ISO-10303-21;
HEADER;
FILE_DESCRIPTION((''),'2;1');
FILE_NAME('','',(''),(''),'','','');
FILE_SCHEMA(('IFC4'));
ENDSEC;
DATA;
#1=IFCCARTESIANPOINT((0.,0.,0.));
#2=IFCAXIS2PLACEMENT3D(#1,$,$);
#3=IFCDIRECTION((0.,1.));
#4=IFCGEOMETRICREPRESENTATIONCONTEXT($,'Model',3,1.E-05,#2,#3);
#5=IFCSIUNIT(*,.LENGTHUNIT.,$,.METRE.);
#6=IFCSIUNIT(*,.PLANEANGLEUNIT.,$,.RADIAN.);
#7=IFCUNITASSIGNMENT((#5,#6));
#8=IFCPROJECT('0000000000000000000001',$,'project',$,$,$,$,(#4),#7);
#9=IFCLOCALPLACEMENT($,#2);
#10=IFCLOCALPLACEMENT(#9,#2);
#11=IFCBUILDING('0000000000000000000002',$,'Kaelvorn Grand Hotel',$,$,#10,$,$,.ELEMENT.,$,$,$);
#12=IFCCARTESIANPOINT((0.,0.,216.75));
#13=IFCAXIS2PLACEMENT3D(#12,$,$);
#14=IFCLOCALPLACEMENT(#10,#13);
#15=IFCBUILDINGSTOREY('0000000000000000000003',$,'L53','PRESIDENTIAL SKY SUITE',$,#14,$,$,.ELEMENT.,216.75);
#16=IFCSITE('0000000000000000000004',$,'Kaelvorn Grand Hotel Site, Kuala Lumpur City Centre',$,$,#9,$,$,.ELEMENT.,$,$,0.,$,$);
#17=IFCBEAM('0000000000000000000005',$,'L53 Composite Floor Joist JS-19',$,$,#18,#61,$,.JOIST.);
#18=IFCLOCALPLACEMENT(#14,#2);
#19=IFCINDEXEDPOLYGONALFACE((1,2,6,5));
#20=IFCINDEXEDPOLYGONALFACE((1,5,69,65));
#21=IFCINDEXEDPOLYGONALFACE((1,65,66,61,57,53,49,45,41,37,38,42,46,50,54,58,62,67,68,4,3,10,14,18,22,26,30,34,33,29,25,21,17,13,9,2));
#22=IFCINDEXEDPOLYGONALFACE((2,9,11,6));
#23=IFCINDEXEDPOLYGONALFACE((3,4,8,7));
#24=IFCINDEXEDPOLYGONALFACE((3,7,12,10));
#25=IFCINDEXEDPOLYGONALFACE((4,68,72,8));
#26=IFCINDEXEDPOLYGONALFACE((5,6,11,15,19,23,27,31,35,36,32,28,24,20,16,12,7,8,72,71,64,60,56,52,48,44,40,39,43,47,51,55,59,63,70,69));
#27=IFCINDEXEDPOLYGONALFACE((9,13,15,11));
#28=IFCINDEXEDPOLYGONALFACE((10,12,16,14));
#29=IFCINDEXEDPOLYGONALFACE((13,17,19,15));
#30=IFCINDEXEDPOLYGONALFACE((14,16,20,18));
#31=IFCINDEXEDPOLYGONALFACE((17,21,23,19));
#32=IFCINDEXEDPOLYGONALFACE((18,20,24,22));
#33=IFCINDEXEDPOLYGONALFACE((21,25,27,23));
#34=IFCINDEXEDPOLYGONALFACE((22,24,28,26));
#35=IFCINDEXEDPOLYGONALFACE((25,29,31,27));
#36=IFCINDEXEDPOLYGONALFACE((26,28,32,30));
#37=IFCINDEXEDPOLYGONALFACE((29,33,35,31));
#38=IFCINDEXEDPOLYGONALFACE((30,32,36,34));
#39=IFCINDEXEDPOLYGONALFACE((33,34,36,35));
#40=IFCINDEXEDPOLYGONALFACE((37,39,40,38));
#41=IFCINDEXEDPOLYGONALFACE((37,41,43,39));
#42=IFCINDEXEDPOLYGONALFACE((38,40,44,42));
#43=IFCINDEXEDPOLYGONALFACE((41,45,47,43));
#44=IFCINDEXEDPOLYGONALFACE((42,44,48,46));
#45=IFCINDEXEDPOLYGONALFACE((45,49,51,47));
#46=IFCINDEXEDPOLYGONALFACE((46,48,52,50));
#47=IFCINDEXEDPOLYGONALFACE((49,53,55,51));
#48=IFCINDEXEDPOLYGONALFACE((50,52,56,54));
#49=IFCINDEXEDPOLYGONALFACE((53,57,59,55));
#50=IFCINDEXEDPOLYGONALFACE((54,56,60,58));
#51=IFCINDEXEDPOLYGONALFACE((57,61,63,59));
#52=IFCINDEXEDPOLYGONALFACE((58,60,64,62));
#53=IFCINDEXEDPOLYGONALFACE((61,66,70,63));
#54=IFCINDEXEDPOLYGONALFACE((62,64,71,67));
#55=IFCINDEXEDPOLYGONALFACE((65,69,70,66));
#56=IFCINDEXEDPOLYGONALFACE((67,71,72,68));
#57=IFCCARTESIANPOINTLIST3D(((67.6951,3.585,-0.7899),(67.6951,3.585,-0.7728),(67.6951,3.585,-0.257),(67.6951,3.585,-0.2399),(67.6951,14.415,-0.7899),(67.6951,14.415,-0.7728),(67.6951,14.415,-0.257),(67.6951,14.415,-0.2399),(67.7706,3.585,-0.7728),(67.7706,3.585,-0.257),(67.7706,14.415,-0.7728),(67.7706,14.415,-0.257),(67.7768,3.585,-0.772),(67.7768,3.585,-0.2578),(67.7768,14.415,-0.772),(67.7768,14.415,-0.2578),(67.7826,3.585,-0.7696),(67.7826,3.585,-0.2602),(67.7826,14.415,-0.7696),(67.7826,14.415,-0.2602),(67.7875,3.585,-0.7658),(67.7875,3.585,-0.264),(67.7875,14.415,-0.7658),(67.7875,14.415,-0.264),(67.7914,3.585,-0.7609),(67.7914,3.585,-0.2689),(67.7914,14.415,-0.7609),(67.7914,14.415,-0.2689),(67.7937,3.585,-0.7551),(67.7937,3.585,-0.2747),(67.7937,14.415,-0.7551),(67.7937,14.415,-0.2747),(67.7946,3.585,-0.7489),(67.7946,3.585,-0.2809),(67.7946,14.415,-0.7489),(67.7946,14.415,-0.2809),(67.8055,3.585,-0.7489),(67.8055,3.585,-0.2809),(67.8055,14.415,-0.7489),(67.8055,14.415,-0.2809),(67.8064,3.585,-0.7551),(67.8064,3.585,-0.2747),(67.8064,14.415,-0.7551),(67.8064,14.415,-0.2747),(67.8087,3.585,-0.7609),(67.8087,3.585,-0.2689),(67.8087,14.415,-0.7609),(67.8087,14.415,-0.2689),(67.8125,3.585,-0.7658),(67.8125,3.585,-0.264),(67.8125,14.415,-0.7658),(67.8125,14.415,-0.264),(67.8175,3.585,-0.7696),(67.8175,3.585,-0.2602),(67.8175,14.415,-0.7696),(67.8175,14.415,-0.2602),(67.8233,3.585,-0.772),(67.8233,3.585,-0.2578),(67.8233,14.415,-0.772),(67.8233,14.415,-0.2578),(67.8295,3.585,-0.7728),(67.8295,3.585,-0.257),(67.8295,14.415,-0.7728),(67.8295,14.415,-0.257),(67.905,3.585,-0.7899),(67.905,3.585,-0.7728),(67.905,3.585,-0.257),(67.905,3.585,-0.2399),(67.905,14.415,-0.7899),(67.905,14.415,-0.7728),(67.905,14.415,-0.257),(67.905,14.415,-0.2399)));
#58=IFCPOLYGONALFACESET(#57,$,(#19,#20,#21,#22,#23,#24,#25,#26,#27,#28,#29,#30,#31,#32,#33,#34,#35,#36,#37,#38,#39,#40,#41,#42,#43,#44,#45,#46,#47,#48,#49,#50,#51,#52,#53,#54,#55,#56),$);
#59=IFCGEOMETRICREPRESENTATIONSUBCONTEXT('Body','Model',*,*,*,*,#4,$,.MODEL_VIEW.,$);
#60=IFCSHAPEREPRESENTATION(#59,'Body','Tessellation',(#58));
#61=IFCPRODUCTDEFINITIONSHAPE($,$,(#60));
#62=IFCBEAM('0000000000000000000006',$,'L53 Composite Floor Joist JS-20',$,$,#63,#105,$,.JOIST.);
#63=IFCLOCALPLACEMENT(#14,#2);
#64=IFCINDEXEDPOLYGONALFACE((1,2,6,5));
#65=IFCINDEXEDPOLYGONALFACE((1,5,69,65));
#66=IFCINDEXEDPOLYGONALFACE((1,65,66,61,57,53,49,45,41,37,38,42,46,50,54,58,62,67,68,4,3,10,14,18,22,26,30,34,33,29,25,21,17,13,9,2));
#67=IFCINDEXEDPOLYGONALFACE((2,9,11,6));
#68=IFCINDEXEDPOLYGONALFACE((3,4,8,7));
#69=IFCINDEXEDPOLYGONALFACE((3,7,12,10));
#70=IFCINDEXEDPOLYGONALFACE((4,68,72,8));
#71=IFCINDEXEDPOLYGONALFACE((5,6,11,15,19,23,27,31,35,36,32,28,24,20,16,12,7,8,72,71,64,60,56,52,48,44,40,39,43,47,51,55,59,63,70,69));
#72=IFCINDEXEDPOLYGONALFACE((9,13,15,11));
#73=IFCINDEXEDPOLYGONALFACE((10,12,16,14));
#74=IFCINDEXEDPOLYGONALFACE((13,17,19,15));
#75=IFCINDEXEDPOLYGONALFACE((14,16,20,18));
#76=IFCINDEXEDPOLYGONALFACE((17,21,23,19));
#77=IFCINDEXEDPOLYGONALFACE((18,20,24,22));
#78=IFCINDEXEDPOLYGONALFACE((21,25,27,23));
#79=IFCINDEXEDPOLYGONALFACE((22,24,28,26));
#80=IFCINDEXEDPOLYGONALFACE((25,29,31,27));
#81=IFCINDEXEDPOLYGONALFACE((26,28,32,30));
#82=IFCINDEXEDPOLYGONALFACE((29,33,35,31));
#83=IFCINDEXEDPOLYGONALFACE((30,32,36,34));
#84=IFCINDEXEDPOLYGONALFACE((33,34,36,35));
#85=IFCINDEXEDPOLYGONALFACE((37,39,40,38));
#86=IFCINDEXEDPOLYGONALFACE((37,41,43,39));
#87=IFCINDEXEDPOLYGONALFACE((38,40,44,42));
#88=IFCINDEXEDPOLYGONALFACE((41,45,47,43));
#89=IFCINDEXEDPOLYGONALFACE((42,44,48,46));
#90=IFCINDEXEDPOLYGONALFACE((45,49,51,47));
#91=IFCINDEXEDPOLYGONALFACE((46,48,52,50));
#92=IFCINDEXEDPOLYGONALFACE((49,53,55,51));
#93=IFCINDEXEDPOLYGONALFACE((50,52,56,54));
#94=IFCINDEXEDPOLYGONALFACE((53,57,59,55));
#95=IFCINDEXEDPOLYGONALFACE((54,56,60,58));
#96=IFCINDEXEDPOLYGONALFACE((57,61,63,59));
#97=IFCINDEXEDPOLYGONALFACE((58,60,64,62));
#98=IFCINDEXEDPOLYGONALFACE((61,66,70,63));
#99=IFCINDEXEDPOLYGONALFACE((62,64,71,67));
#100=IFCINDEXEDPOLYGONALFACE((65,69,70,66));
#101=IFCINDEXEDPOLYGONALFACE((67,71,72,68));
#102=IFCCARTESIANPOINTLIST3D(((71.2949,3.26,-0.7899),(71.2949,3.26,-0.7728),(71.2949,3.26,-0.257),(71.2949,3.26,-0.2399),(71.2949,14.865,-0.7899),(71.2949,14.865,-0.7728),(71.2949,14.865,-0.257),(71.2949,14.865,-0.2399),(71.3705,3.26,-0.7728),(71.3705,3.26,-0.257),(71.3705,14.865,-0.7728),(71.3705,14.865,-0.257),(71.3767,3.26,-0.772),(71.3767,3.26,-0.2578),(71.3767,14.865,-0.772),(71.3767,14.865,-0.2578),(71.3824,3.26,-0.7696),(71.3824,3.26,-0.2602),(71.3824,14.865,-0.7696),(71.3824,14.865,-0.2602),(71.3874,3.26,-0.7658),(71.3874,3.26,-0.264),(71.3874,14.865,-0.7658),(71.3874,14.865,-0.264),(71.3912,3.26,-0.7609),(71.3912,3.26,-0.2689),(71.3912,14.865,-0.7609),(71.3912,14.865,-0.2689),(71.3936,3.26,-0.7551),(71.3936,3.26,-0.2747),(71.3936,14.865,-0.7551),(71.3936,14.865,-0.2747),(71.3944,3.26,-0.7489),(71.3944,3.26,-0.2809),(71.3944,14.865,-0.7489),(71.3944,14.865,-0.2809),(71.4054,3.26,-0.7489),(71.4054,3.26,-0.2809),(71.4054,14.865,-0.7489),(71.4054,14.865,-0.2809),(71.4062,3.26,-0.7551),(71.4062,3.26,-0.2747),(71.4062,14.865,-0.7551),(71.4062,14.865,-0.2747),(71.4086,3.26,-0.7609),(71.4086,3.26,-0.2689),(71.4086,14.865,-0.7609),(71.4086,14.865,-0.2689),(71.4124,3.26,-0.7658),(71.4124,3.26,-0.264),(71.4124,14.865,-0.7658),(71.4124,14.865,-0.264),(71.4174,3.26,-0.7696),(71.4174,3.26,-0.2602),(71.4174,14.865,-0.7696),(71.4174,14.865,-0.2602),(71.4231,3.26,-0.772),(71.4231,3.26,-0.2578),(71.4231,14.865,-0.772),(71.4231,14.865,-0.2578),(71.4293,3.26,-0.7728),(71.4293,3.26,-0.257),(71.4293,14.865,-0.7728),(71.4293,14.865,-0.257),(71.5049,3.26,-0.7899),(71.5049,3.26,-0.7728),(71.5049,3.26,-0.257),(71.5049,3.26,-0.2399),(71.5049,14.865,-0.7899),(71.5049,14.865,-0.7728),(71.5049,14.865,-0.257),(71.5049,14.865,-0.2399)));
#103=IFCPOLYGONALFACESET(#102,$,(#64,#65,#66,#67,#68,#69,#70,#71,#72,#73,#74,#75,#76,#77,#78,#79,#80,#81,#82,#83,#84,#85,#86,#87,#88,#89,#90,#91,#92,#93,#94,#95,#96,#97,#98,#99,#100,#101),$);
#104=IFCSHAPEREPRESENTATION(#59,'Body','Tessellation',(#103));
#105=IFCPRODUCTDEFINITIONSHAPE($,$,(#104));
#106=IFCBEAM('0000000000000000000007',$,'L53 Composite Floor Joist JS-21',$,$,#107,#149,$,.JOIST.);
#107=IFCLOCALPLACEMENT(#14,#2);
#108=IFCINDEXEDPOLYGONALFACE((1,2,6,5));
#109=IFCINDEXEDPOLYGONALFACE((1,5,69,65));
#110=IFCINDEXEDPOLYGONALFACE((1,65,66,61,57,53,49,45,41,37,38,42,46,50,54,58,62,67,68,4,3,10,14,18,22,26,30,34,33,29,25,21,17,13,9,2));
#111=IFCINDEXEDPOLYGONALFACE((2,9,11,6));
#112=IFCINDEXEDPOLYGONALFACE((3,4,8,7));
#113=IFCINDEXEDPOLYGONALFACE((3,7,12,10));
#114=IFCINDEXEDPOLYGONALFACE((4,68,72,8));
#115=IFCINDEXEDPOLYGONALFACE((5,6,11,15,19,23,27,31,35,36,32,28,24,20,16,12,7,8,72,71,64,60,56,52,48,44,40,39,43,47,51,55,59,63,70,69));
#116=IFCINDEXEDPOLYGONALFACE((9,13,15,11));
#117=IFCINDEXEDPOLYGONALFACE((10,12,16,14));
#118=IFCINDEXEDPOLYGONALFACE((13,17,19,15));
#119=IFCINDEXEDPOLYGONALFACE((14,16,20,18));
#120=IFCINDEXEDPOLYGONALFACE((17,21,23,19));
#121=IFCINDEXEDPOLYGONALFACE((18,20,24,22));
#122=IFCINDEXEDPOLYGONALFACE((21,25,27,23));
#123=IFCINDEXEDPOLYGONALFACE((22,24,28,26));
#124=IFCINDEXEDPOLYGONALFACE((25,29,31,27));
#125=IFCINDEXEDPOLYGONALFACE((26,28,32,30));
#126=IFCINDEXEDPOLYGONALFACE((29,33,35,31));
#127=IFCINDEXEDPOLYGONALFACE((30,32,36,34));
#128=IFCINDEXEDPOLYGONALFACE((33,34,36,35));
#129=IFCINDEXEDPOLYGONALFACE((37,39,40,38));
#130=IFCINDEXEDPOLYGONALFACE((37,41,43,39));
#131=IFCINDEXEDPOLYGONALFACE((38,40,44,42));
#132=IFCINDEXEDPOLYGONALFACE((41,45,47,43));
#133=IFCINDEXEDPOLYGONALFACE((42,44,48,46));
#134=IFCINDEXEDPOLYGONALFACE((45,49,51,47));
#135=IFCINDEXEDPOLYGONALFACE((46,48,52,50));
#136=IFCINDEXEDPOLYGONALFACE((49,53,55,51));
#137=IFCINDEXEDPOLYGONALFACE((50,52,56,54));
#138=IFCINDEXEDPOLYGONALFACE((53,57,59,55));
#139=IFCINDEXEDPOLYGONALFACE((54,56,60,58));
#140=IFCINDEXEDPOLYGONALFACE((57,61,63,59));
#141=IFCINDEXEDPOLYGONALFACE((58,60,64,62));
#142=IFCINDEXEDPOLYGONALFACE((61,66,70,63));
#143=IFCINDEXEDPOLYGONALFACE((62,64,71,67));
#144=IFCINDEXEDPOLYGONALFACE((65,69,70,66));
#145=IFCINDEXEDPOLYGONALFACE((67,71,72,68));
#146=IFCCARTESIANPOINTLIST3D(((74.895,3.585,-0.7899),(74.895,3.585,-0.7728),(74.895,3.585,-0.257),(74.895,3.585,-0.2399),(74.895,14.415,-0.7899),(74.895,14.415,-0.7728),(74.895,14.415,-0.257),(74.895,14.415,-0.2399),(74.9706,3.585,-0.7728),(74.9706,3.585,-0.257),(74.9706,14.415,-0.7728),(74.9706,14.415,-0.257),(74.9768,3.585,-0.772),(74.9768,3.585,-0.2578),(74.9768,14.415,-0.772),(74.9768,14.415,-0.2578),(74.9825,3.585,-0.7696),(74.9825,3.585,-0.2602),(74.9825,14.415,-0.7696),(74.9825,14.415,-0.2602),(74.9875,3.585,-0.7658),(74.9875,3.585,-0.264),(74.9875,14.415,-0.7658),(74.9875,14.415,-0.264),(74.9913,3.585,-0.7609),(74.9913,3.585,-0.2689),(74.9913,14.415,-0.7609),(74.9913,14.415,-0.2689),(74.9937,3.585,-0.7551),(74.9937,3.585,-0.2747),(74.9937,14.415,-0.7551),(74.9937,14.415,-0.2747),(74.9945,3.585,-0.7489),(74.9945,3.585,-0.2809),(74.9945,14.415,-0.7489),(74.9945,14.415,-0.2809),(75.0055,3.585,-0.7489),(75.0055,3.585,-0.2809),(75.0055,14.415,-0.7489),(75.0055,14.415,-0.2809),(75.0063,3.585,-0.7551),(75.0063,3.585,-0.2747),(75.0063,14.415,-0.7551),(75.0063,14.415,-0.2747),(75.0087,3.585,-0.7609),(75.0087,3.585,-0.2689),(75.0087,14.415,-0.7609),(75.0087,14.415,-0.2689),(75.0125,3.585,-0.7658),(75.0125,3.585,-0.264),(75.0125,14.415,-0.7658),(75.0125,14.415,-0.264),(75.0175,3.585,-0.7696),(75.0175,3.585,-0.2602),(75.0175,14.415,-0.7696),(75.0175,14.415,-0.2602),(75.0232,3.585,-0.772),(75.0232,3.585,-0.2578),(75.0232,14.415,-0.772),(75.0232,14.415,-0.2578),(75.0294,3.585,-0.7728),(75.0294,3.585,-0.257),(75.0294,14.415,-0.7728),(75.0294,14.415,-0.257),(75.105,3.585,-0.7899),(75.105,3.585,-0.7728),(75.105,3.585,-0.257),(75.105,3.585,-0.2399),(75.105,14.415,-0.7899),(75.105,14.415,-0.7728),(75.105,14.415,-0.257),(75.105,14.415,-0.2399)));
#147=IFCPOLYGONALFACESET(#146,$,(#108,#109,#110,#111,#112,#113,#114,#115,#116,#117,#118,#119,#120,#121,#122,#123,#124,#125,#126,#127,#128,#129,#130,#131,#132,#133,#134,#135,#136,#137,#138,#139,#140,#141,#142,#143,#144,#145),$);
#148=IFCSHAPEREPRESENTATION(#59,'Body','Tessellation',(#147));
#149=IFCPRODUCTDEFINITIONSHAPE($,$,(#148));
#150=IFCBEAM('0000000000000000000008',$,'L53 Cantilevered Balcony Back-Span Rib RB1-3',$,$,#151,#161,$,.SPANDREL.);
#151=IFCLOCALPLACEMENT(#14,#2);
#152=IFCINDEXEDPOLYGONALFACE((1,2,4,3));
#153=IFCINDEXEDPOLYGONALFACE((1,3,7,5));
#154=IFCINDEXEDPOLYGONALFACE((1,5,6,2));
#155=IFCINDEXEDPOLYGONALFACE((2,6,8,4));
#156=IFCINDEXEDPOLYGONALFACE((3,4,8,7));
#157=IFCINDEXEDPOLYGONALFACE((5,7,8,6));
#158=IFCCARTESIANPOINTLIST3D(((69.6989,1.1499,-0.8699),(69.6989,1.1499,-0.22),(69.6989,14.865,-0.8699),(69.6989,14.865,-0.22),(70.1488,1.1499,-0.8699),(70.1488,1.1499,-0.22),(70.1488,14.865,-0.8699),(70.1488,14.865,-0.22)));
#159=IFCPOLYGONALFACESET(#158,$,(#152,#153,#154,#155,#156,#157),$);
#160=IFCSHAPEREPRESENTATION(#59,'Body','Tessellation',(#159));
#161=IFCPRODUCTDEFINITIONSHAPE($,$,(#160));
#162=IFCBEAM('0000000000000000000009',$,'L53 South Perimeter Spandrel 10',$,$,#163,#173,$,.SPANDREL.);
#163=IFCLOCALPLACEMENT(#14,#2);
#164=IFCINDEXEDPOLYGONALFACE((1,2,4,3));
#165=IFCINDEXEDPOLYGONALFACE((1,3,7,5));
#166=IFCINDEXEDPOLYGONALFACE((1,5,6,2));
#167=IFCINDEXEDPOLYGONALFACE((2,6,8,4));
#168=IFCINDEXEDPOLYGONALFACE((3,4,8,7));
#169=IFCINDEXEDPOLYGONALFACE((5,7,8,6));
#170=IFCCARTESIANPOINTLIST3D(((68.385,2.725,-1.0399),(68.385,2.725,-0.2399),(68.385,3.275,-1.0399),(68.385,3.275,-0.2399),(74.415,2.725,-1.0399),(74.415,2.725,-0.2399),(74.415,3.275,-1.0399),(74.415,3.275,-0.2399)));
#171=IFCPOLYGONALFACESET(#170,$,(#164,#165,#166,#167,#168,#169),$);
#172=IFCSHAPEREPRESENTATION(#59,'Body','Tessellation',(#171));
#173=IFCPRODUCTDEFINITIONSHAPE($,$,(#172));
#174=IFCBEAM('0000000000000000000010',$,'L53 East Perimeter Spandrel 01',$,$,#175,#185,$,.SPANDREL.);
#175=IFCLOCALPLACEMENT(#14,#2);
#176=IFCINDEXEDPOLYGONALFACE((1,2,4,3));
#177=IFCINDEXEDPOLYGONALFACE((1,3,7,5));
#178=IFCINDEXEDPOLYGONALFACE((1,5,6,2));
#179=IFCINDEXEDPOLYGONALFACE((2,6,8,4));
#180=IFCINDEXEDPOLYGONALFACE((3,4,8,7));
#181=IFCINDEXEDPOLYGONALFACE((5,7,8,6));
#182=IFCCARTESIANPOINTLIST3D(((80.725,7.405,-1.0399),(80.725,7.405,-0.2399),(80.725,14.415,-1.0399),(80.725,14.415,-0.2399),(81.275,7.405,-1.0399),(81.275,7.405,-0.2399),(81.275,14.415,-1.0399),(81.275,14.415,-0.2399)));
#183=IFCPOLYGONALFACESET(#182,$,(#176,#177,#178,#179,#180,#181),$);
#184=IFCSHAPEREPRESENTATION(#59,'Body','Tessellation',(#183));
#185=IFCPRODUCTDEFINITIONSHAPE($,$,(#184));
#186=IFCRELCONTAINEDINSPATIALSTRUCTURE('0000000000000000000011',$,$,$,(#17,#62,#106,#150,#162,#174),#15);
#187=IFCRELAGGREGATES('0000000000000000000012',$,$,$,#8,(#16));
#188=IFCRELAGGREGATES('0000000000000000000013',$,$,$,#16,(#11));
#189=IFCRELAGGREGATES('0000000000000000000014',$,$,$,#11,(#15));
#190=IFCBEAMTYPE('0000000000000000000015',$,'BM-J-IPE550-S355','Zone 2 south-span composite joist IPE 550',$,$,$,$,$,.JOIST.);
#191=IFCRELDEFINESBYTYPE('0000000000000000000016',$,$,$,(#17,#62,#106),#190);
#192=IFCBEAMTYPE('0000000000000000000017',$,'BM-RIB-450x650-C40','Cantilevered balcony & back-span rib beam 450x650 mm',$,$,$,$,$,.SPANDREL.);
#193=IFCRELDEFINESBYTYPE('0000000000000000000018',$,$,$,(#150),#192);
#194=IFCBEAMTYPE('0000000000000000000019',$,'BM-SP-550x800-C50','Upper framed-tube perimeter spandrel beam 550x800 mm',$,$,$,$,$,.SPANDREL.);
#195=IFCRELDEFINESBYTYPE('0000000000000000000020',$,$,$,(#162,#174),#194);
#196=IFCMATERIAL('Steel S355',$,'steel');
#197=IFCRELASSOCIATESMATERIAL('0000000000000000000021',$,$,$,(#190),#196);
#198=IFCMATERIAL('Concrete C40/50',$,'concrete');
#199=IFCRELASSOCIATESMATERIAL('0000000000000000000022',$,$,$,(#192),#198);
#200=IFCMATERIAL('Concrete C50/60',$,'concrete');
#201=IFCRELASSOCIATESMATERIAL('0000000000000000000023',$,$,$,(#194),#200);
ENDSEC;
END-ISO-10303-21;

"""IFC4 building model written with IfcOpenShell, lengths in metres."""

from ifc_helpers import new_model, si_unit, direction, frame, origin, origin_2d, place, context, subcontext, project, spatial, rectangle, i_section, extrude, material, material_profile, profile_set, type_object, element, save


model = new_model("IFC4")

# Units and contexts
model_context = context("Model", 3, precision=1e-05, world=origin(), true_north=direction((0.0, 1.0)))
body_context = subcontext(model_context, "Body", "Model", "MODEL_VIEW")
ifc_project = project(units=[si_unit("LENGTHUNIT", "METRE"), si_unit("PLANEANGLEUNIT", "RADIAN")], contexts=[model_context])

# Site, building, storey
site_placement = place(None, origin())
site = spatial("IfcSite", under=ifc_project, at=site_placement, Name="Kaelvorn Grand Hotel Site, Kuala Lumpur City Centre", CompositionType="ELEMENT", RefElevation=0.0)
building_placement = place(site_placement, origin())
building = spatial("IfcBuilding", under=site, at=building_placement, Name="Kaelvorn Grand Hotel", CompositionType="ELEMENT")
storey_placement = place(building_placement, frame((0.0, 0.0, 216.75)))
storey = spatial("IfcBuildingStorey", under=building, at=storey_placement, Name="L53", Description="PRESIDENTIAL SKY SUITE", CompositionType="ELEMENT", Elevation=216.75)

# Beams
ifc_material_1 = material(Name="Steel S355", Category="steel")
ifc_material_profile_1 = material_profile(ifc_material_1, i_section(OverallWidth=0.21, OverallDepth=0.55, WebThickness=0.011, FlangeThickness=0.0171, FilletRadius=0.0239, at=origin_2d()), Name="IPE 550")
ifc_profile_set_1 = profile_set([ifc_material_profile_1], Name="Steel S355")
beam_type_1 = type_object("IfcBeamType", Name="BM-J-IPE550-S355", Description="Zone 2 south-span composite joist IPE 550", PredefinedType="JOIST", material=ifc_profile_set_1)
beam_1_placement = place(storey_placement, frame((67.8, 3.585, -0.5149), z_axis=(0.0, 1.0, 0.0), x_axis=(-1.0, 0.0, 0.0)))
element("IfcBeam", 1, at=beam_1_placement, inside=storey, type_object=beam_type_1, Name="L53 Composite Floor Joist JS-19", PredefinedType="JOIST", context=body_context, shape_type="SweptSolid", body=[
    extrude(i_section(OverallWidth=0.21, OverallDepth=0.55, WebThickness=0.011, FlangeThickness=0.0171, FilletRadius=0.0239, at=origin_2d()), origin(), (0.0, 0.0, 1.0), 10.8301),
])
beam_2_placement = place(storey_placement, frame((71.3999, 3.26, -0.5149), z_axis=(0.0, 1.0, 0.0), x_axis=(-1.0, 0.0, 0.0)))
element("IfcBeam", 2, at=beam_2_placement, inside=storey, type_object=beam_type_1, Name="L53 Composite Floor Joist JS-20", PredefinedType="JOIST", context=body_context, shape_type="SweptSolid", body=[
    extrude(i_section(OverallWidth=0.21, OverallDepth=0.55, WebThickness=0.011, FlangeThickness=0.0171, FilletRadius=0.0239, at=origin_2d()), origin(), (0.0, 0.0, 1.0), 11.605),
])
beam_3_placement = place(storey_placement, frame((75.0, 3.585, -0.5149), z_axis=(0.0, 1.0, 0.0), x_axis=(-1.0, 0.0, 0.0)))
element("IfcBeam", 3, at=beam_3_placement, inside=storey, type_object=beam_type_1, Name="L53 Composite Floor Joist JS-21", PredefinedType="JOIST", context=body_context, shape_type="SweptSolid", body=[
    extrude(i_section(OverallWidth=0.21, OverallDepth=0.55, WebThickness=0.011, FlangeThickness=0.0171, FilletRadius=0.0239, at=origin_2d()), origin(), (0.0, 0.0, 1.0), 10.8301),
])
ifc_material_2 = material(Name="Concrete C40/50", Category="concrete")
ifc_material_profile_2 = material_profile(ifc_material_2, rectangle(XDim=0.45, YDim=0.6499, at=origin_2d()), Name="RC RIB 450x650")
ifc_profile_set_2 = profile_set([ifc_material_profile_2], Name="Concrete C40/50")
beam_type_2 = type_object("IfcBeamType", Name="BM-RIB-450x650-C40", Description="Cantilevered balcony & back-span rib beam 450x650 mm", PredefinedType="SPANDREL", material=ifc_profile_set_2)
beam_4_placement = place(storey_placement, frame((69.9238, 1.1499, -0.5449), z_axis=(0.0, 1.0, 0.0), x_axis=(-1.0, 0.0, 0.0)))
element("IfcBeam", 4, at=beam_4_placement, inside=storey, type_object=beam_type_2, Name="L53 Cantilevered Balcony Back-Span Rib RB1-3", PredefinedType="SPANDREL", context=body_context, shape_type="SweptSolid", body=[
    extrude(rectangle(XDim=0.45, YDim=0.6499, at=origin_2d()), origin(), (0.0, 0.0, 1.0), 13.7151),
])
ifc_material_3 = material(Name="Concrete C50/60", Category="concrete")
ifc_material_profile_3 = material_profile(ifc_material_3, rectangle(XDim=0.55, YDim=0.8, at=origin_2d()), Name="RC SPANDREL 550x800")
ifc_profile_set_3 = profile_set([ifc_material_profile_3], Name="Concrete C50/60")
beam_type_3 = type_object("IfcBeamType", Name="BM-SP-550x800-C50", Description="Upper framed-tube perimeter spandrel beam 550x800 mm", PredefinedType="SPANDREL", material=ifc_profile_set_3)
beam_5_placement = place(storey_placement, frame((68.385, 3.0, -0.6399), z_axis=(1.0, 0.0, 0.0), x_axis=(0.0, 1.0, 0.0)))
element("IfcBeam", 5, at=beam_5_placement, inside=storey, type_object=beam_type_3, Name="L53 South Perimeter Spandrel 10", PredefinedType="SPANDREL", context=body_context, shape_type="SweptSolid", body=[
    extrude(rectangle(XDim=0.55, YDim=0.8, at=origin_2d()), origin(), (0.0, 0.0, 1.0), 6.03),
])
beam_6_placement = place(storey_placement, frame((81.0, 7.405, -0.6399), z_axis=(0.0, 1.0, 0.0), x_axis=(-1.0, 0.0, 0.0)))
element("IfcBeam", 6, at=beam_6_placement, inside=storey, type_object=beam_type_3, Name="L53 East Perimeter Spandrel 01", PredefinedType="SPANDREL", context=body_context, shape_type="SweptSolid", body=[
    extrude(rectangle(XDim=0.55, YDim=0.8, at=origin_2d()), origin(), (0.0, 0.0, 1.0), 7.01),
])

save(model, "model.ifc")
